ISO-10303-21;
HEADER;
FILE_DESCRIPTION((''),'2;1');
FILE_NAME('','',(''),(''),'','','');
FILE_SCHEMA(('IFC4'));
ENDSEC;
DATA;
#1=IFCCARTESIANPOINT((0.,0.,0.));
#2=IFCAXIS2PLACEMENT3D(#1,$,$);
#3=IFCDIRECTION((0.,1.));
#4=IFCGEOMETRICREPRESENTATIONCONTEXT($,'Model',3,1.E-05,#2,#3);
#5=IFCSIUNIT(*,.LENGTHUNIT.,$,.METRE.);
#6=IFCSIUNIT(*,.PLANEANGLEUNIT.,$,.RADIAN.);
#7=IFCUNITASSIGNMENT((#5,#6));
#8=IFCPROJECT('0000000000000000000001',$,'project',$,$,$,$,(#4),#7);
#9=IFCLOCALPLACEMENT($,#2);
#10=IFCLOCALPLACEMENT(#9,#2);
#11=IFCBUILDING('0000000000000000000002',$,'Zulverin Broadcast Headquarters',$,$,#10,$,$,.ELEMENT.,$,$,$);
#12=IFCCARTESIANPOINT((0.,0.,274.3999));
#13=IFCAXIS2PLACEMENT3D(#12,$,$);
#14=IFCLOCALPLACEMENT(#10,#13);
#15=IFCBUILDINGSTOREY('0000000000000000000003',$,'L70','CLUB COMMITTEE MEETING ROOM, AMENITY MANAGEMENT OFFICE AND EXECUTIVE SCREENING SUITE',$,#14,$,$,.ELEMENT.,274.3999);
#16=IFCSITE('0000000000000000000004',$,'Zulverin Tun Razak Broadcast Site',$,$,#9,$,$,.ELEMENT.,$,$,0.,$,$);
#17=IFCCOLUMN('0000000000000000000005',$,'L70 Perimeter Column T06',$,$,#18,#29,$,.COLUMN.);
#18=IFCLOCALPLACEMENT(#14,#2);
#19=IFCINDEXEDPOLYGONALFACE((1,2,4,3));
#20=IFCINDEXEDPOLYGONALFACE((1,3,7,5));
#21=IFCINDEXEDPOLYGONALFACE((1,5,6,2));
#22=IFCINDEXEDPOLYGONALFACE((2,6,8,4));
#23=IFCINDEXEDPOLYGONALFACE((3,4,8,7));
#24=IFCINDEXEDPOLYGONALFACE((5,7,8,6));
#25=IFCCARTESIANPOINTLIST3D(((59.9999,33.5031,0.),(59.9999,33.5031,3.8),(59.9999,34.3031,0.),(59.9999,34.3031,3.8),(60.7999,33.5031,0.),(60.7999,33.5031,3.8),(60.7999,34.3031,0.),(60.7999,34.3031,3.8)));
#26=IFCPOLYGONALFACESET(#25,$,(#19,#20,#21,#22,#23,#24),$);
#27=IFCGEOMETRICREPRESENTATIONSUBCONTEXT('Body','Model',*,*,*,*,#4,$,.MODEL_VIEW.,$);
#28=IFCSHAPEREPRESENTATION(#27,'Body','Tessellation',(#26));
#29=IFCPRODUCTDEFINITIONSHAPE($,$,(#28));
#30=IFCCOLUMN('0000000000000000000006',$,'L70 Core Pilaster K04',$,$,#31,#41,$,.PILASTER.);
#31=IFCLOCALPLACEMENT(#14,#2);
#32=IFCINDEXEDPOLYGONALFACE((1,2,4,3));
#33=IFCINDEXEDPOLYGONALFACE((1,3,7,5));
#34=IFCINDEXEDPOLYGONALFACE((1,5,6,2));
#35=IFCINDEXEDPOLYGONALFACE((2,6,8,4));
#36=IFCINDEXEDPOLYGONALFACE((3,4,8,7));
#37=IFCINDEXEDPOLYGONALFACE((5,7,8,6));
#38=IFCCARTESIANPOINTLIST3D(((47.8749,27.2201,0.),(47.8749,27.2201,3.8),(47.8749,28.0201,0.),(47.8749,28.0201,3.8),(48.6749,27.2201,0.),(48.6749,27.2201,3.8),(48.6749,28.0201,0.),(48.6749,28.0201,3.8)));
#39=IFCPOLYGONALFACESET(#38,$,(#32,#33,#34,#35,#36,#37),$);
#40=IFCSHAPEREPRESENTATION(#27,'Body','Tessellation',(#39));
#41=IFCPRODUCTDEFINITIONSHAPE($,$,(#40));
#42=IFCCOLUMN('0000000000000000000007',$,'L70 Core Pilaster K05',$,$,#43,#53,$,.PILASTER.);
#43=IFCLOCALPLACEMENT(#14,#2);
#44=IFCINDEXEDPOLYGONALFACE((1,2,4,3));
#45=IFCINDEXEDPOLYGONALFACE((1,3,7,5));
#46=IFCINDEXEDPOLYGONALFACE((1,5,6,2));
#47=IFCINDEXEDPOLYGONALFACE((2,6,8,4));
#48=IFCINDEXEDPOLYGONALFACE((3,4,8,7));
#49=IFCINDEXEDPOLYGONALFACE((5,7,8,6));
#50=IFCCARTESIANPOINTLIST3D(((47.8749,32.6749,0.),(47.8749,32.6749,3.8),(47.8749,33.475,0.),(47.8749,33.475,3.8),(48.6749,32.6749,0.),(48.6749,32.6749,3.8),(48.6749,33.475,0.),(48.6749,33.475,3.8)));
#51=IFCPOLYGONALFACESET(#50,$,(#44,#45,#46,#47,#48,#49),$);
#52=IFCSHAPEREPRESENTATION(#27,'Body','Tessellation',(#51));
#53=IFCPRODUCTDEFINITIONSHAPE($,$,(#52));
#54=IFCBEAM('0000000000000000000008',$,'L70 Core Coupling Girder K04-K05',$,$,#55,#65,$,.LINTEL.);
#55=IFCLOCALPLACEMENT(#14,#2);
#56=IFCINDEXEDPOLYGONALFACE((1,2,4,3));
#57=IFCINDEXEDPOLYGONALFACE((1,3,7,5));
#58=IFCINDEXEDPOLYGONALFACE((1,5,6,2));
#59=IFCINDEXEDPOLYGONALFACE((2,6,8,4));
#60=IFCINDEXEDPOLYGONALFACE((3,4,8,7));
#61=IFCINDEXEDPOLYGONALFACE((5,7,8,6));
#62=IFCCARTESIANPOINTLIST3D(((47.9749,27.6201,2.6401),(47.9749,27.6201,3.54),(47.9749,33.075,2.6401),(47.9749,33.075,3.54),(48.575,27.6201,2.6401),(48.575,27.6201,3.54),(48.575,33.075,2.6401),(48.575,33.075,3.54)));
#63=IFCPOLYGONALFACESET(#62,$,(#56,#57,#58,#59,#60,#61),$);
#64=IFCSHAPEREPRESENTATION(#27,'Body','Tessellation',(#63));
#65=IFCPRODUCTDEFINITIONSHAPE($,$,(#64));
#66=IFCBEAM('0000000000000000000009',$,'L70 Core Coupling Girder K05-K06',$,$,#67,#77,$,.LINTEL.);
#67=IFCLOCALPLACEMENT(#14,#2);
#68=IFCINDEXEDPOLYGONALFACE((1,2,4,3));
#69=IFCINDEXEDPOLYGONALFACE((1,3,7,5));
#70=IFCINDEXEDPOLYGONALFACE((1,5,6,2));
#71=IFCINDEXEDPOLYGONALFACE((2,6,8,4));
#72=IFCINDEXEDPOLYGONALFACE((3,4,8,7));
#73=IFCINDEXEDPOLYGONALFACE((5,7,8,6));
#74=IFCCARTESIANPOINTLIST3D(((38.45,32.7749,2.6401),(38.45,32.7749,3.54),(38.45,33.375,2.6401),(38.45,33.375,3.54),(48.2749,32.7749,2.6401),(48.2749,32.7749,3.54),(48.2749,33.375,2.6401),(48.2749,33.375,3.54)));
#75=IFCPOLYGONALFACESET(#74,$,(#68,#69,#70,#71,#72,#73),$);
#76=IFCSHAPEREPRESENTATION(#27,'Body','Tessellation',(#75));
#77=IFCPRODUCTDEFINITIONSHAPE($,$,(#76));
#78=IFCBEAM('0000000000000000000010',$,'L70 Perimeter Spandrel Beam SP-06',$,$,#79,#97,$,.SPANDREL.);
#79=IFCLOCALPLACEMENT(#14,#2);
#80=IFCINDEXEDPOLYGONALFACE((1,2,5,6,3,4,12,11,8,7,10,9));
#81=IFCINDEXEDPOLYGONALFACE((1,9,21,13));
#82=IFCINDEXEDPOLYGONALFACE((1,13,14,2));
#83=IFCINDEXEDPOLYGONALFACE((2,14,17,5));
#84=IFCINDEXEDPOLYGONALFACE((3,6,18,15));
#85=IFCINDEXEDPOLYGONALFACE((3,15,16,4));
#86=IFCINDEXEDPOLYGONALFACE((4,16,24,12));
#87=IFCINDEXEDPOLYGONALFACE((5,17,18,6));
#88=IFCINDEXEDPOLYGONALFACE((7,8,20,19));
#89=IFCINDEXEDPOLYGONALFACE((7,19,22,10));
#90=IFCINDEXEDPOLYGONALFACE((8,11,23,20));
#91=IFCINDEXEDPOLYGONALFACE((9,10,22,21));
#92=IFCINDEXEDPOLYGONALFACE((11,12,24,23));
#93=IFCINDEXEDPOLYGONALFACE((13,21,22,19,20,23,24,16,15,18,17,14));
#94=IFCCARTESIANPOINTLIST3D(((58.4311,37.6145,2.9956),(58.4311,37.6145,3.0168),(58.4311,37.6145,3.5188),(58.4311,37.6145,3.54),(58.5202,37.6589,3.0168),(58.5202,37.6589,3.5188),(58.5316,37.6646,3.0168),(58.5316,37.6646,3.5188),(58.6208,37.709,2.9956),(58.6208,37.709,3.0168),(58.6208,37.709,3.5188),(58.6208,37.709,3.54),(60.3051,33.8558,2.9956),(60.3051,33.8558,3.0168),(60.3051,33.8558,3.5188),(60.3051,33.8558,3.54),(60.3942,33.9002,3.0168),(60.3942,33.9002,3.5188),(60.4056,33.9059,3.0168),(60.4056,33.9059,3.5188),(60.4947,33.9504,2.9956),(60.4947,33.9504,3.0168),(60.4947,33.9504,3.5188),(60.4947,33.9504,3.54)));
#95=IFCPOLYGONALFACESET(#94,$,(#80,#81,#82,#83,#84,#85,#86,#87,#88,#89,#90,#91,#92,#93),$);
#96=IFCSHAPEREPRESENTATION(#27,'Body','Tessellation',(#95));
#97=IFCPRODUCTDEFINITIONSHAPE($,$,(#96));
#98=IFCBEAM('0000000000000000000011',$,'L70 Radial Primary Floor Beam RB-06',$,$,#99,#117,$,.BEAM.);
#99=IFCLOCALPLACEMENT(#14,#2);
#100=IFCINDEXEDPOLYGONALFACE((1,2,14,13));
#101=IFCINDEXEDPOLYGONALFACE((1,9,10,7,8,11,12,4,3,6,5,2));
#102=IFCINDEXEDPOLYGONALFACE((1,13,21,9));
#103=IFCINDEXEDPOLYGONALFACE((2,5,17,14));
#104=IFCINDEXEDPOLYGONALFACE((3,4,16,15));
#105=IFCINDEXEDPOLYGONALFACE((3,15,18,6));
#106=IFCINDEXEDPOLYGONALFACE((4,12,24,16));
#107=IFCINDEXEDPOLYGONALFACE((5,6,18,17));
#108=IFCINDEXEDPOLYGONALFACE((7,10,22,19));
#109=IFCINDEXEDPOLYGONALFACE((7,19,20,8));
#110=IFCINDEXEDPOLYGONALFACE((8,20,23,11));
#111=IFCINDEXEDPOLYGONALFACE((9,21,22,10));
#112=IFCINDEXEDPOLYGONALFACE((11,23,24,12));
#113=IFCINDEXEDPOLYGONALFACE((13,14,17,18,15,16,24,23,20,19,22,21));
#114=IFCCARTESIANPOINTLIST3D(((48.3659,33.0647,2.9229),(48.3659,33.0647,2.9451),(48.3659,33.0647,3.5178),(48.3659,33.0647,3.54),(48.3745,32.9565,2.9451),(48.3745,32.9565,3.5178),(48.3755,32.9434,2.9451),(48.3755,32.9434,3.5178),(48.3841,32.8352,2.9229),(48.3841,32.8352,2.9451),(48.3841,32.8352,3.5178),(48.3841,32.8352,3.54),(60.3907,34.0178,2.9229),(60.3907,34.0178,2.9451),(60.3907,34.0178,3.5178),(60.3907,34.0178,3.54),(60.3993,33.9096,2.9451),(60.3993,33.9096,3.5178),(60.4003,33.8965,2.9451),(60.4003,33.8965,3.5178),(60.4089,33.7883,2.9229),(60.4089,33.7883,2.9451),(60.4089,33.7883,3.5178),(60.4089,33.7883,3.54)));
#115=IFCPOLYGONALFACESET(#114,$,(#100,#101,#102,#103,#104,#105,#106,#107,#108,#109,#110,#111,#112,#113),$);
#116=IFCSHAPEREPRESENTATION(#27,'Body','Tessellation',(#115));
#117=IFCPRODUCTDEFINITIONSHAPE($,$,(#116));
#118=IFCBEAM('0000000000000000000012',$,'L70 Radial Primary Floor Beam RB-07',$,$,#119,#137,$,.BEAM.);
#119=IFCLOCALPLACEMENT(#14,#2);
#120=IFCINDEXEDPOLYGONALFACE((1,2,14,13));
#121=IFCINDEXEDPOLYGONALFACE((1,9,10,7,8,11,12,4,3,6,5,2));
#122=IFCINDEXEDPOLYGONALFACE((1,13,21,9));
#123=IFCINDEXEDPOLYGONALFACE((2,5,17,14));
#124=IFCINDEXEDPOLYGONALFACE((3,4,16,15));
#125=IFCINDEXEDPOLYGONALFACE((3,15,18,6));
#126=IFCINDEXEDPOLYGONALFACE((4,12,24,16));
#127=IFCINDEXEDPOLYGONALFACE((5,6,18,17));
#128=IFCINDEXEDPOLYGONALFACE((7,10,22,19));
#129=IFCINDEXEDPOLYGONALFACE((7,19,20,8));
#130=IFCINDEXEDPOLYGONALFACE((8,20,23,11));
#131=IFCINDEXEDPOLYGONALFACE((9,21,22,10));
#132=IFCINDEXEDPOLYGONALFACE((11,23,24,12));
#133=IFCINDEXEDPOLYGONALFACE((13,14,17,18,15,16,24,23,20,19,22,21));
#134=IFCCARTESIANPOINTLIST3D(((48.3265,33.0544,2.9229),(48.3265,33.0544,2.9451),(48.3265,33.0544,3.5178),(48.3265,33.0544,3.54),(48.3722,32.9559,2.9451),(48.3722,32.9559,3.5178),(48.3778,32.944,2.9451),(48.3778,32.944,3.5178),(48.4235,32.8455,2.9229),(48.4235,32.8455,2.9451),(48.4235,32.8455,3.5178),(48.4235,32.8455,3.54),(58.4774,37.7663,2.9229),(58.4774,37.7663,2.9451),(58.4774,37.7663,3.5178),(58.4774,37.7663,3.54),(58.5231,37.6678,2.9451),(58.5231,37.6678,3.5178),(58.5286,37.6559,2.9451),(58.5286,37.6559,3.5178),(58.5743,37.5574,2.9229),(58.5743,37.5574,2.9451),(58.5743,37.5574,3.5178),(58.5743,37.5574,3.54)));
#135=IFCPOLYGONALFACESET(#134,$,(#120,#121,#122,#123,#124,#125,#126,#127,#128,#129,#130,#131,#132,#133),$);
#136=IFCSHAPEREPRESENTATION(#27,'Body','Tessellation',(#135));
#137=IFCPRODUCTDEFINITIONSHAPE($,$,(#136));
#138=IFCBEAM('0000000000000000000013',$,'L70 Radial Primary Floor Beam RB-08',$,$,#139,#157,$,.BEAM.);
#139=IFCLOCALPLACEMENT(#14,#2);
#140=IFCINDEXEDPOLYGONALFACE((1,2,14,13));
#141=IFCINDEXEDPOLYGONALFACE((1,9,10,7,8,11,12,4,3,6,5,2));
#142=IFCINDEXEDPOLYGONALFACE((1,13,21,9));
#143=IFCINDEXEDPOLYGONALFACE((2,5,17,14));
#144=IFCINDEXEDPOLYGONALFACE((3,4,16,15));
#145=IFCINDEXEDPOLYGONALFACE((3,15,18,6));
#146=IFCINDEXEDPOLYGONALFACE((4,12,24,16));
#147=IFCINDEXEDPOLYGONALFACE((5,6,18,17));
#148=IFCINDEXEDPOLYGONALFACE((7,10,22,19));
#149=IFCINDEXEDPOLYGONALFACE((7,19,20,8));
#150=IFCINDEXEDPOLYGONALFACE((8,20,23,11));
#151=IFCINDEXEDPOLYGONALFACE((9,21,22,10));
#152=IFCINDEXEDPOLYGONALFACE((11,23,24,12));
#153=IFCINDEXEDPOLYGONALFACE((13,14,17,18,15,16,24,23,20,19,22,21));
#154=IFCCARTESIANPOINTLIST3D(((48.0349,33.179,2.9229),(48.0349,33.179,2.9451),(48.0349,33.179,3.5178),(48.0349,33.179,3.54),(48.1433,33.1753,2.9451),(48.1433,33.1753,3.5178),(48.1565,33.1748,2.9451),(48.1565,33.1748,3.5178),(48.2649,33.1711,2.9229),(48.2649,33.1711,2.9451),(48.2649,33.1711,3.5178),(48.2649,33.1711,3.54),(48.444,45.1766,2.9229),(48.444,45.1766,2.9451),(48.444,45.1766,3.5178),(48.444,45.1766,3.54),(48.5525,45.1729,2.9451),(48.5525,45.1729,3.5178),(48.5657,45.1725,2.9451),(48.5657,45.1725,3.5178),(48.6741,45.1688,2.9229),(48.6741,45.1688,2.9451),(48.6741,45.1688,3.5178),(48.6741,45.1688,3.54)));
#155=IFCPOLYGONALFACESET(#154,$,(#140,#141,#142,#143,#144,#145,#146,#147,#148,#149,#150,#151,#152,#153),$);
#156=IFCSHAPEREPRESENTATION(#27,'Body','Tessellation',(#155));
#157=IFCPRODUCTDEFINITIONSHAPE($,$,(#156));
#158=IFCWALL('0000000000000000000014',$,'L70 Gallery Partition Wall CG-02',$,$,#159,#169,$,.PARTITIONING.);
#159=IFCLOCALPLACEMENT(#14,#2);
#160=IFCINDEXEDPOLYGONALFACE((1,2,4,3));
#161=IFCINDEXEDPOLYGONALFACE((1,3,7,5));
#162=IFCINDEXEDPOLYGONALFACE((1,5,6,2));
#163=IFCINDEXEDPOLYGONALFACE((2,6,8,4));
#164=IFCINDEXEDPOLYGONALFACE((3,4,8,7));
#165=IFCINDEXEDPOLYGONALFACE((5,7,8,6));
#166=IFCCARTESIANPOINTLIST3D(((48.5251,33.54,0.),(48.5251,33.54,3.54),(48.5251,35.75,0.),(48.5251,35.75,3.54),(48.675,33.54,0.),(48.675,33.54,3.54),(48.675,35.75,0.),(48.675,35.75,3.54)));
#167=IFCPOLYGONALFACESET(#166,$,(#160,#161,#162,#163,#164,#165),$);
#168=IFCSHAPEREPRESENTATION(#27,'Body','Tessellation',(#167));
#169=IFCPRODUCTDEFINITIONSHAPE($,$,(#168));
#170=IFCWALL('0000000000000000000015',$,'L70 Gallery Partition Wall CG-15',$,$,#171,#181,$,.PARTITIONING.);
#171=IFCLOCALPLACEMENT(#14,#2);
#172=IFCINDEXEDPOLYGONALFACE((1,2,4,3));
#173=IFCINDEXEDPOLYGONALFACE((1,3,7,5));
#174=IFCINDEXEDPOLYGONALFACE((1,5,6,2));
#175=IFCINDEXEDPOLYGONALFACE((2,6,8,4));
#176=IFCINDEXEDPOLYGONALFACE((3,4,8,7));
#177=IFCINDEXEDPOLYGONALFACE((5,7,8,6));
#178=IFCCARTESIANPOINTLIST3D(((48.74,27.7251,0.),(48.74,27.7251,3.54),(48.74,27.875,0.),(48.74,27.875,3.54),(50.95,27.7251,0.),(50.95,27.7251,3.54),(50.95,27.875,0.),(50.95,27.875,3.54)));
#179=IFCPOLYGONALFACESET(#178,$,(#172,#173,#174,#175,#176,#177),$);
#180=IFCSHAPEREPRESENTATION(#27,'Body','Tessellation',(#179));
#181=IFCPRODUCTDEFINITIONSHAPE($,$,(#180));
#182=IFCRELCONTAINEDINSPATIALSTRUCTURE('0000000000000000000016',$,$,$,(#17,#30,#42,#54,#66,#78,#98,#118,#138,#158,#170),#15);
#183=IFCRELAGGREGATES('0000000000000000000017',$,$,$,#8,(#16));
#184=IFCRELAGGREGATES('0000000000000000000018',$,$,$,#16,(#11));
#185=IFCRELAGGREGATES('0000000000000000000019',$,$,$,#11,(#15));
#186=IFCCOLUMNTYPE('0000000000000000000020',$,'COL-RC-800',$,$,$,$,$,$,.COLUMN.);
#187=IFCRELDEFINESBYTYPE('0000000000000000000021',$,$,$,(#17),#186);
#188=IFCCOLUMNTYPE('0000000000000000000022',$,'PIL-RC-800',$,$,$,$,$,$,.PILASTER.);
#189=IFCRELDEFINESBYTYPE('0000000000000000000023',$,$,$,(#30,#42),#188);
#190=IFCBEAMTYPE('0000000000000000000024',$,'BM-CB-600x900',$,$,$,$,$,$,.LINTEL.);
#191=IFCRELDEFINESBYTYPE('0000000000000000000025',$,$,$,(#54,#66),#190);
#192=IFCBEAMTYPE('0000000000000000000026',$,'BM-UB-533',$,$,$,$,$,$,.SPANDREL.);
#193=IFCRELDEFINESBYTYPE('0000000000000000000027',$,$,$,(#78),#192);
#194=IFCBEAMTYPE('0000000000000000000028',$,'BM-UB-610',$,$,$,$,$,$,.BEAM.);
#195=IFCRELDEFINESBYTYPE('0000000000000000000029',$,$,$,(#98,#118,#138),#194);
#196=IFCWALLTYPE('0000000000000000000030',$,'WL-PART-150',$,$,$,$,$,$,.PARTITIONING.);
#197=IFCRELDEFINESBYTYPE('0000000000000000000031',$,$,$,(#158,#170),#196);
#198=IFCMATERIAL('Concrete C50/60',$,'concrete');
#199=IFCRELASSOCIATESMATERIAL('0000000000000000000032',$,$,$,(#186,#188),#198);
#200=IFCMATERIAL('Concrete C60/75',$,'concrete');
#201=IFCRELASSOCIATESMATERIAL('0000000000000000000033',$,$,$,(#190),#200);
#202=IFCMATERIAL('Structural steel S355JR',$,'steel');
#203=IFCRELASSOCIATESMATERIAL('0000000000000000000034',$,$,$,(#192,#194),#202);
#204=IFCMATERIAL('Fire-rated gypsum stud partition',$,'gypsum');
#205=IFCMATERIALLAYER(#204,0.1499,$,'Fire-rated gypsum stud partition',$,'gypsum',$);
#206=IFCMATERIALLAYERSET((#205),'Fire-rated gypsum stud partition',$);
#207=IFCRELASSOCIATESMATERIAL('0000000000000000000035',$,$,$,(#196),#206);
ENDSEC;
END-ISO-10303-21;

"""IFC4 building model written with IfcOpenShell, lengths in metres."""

from ifc_helpers import new_model, si_unit, direction, frame, frame_2d, origin, origin_2d, place, context, subcontext, project, spatial, rectangle, i_section, extrude, material, layer, layer_set, material_profile, profile_set, type_object, element, save


model = new_model("IFC4")

# Units and contexts
model_context = context("Model", 3, precision=1e-05, world=origin(), true_north=direction((0.0, 1.0)))
body_context = subcontext(model_context, "Body", "Model", "MODEL_VIEW")
ifc_project = project(units=[si_unit("LENGTHUNIT", "METRE"), si_unit("PLANEANGLEUNIT", "RADIAN")], contexts=[model_context])

# Site, building, storey
site_placement = place(None, origin())
site = spatial("IfcSite", under=ifc_project, at=site_placement, Name="Zulverin Tun Razak Broadcast Site", CompositionType="ELEMENT", RefElevation=0.0)
building_placement = place(site_placement, origin())
building = spatial("IfcBuilding", under=site, at=building_placement, Name="Zulverin Broadcast Headquarters", CompositionType="ELEMENT")
storey_placement = place(building_placement, frame((0.0, 0.0, 274.3999)))
storey = spatial("IfcBuildingStorey", under=building, at=storey_placement, Name="L70", Description="CLUB COMMITTEE MEETING ROOM, AMENITY MANAGEMENT OFFICE AND EXECUTIVE SCREENING SUITE", CompositionType="ELEMENT", Elevation=274.3999)

# Columns
ifc_material_1 = material(Name="Concrete C50/60", Category="concrete")
ifc_material_profile_1 = material_profile(ifc_material_1, rectangle(XDim=0.8, YDim=0.8, at=origin_2d()), Name="Concrete C50/60", Category="concrete")
ifc_profile_set_1 = profile_set([ifc_material_profile_1], Name="Concrete C50/60")
column_type_1 = type_object("IfcColumnType", Name="COL-RC-800", PredefinedType="COLUMN", material=ifc_profile_set_1)
column_placement = place(storey_placement, frame((60.3999, 33.9031, 0.0), z_axis=(0.0, 0.0, 1.0), x_axis=(1.0, 0.0, 0.0)))
element("IfcColumn", 1, at=column_placement, inside=storey, type_object=column_type_1, Name="L70 Perimeter Column T06", PredefinedType="COLUMN", context=body_context, shape_type="SweptSolid", body=[
    extrude(rectangle(XDim=0.8, YDim=0.8, at=origin_2d()), origin(), (0.0, 0.0, 1.0), 3.8),
])
ifc_material_profile_2 = material_profile(ifc_material_1, rectangle(XDim=0.8, YDim=0.8, at=origin_2d()), Name="Concrete C50/60", Category="concrete")
ifc_profile_set_2 = profile_set([ifc_material_profile_2], Name="Concrete C50/60")
column_type_2 = type_object("IfcColumnType", Name="PIL-RC-800", PredefinedType="PILASTER", material=ifc_profile_set_2)
for number, where, z_axis, x_axis, name in (
    (2, (48.2749, 27.6201, 0.0), (0.0, 0.0, 1.0), (1.0, 0.0, 0.0), "L70 Core Pilaster K04"),
    (3, (48.2749, 33.075, 0.0), (0.0, 0.0, 1.0), (1.0, 0.0, 0.0), "L70 Core Pilaster K05"),
):
    element("IfcColumn", number, at=place(storey_placement, frame(where, z_axis=z_axis, x_axis=x_axis)), inside=storey, type_object=column_type_2, Name=name, PredefinedType="PILASTER", context=body_context, shape_type="SweptSolid", body=[
        extrude(rectangle(XDim=0.8, YDim=0.8, at=origin_2d()), origin(), (0.0, 0.0, 1.0), 3.8),
    ])

# Beams
ifc_material_2 = material(Name="Concrete C60/75", Category="concrete")
ifc_material_profile_3 = material_profile(ifc_material_2, rectangle(XDim=0.6001, YDim=0.8999, at=origin_2d()), Name="Concrete C60/75", Category="concrete")
ifc_profile_set_3 = profile_set([ifc_material_profile_3], Name="Concrete C60/75")
beam_type_1 = type_object("IfcBeamType", Name="BM-CB-600x900", PredefinedType="LINTEL", material=ifc_profile_set_3)
beam_1_placement = place(storey_placement, frame((48.2749, 27.6201, 3.0901), z_axis=(0.0, 1.0, 0.0), x_axis=(-1.0, 0.0, 0.0)))
element("IfcBeam", 4, at=beam_1_placement, inside=storey, type_object=beam_type_1, Name="L70 Core Coupling Girder K04-K05", PredefinedType="LINTEL", context=body_context, shape_type="SweptSolid", body=[
    extrude(rectangle(XDim=0.6001, YDim=0.8999, at=origin_2d()), origin(), (0.0, 0.0, 1.0), 5.4548),
])
beam_2_placement = place(storey_placement, frame((48.2749, 33.075, 3.0901), z_axis=(-1.0, 0.0, 0.0), x_axis=(0.0, -1.0, 0.0)))
element("IfcBeam", 5, at=beam_2_placement, inside=storey, type_object=beam_type_1, Name="L70 Core Coupling Girder K05-K06", PredefinedType="LINTEL", context=body_context, shape_type="SweptSolid", body=[
    extrude(rectangle(XDim=0.6001, YDim=0.8999, at=origin_2d()), origin(), (0.0, 0.0, 1.0), 9.825),
])
ifc_material_3 = material(Name="Structural steel S355JR", Category="steel")
ifc_material_profile_4 = material_profile(ifc_material_3, i_section(OverallWidth=0.2119, OverallDepth=0.5444, WebThickness=0.0127, FlangeThickness=0.0212, at=origin_2d()), Name="Structural steel S355JR", Category="steel")
ifc_profile_set_4 = profile_set([ifc_material_profile_4], Name="Structural steel S355JR")
beam_type_2 = type_object("IfcBeamType", Name="BM-UB-533", PredefinedType="SPANDREL", material=ifc_profile_set_4)
beam_3_placement = place(storey_placement, frame((60.3999, 33.9031, 3.2678), z_axis=(-0.44619, 0.894938, 0.0), x_axis=(-0.894938, -0.44619, 0.0)))
element("IfcBeam", 6, at=beam_3_placement, inside=storey, type_object=beam_type_2, Name="L70 Perimeter Spandrel Beam SP-06", PredefinedType="SPANDREL", context=body_context, shape_type="SweptSolid", body=[
    extrude(i_section(OverallWidth=0.2119, OverallDepth=0.5444, WebThickness=0.0127, FlangeThickness=0.0212, at=origin_2d()), origin(), (0.0, 0.0, 1.0), 4.2),
])
ifc_material_profile_5 = material_profile(ifc_material_3, i_section(OverallWidth=0.2302, OverallDepth=0.6172, WebThickness=0.0132, FlangeThickness=0.0222, at=origin_2d()), Name="Structural steel S355JR", Category="steel")
ifc_profile_set_5 = profile_set([ifc_material_profile_5], Name="Structural steel S355JR")
beam_type_3 = type_object("IfcBeamType", Name="BM-UB-610", PredefinedType="BEAM", material=ifc_profile_set_5)
beam_4_placement = place(storey_placement, frame((48.375, 32.95, 3.2314), z_axis=(0.996873, 0.079015, 0.0), x_axis=(-0.079015, 0.996873, 0.0)))
element("IfcBeam", 7, at=beam_4_placement, inside=storey, type_object=beam_type_3, Name="L70 Radial Primary Floor Beam RB-06", PredefinedType="BEAM", context=body_context, shape_type="SweptSolid", body=[
    extrude(i_section(OverallWidth=0.2302, OverallDepth=0.6172, WebThickness=0.0132, FlangeThickness=0.0222, at=origin_2d()), origin(), (0.0, 0.0, 1.0), 12.0625),
])
beam_5_placement = place(storey_placement, frame((48.375, 32.95, 3.2314), z_axis=(0.907043, 0.421038, 0.0), x_axis=(-0.421038, 0.907043, 0.0)))
element("IfcBeam", 8, at=beam_5_placement, inside=storey, type_object=beam_type_3, Name="L70 Radial Primary Floor Beam RB-07", PredefinedType="BEAM", context=body_context, shape_type="SweptSolid", body=[
    extrude(i_section(OverallWidth=0.2302, OverallDepth=0.6172, WebThickness=0.0132, FlangeThickness=0.0222, at=origin_2d()), origin(), (0.0, 0.0, 1.0), 11.1912),
])
beam_6_placement = place(storey_placement, frame((48.1499, 33.175, 3.2314), z_axis=(0.034085, 0.999419, 0.0), x_axis=(-0.999419, 0.034085, 0.0)))
element("IfcBeam", 9, at=beam_6_placement, inside=storey, type_object=beam_type_3, Name="L70 Radial Primary Floor Beam RB-08", PredefinedType="BEAM", context=body_context, shape_type="SweptSolid", body=[
    extrude(i_section(OverallWidth=0.2302, OverallDepth=0.6172, WebThickness=0.0132, FlangeThickness=0.0222, at=origin_2d()), origin(), (0.0, 0.0, 1.0), 12.0046),
])

# Walls
ifc_material_4 = material(Name="Fire-rated gypsum stud partition", Category="gypsum")
ifc_layer_1 = layer(ifc_material_4, 0.1499, Name="Fire-rated gypsum stud partition", Category="gypsum")
ifc_layer_set_1 = layer_set([ifc_layer_1], Name="Fire-rated gypsum stud partition")
wall_type = type_object("IfcWallType", Name="WL-PART-150", PredefinedType="PARTITIONING", material=ifc_layer_set_1)
for number, where, z_axis, x_axis, name in (
    (10, (48.6001, 33.54, 0.0), (0.0, 0.0, 1.0), (0.0, 1.0, 0.0), "L70 Gallery Partition Wall CG-02"),
    (11, (48.74, 27.8, 0.0), (0.0, 0.0, 1.0), (1.0, 0.0, 0.0), "L70 Gallery Partition Wall CG-15"),
):
    element("IfcWall", number, at=place(storey_placement, frame(where, z_axis=z_axis, x_axis=x_axis)), inside=storey, type_object=wall_type, Name=name, PredefinedType="PARTITIONING", context=body_context, shape_type="SweptSolid", body=[
        extrude(rectangle(XDim=2.21, YDim=0.1499, at=frame_2d((1.105, 0.0))), origin(), (0.0, 0.0, 1.0), 3.54),
    ])

save(model, "model.ifc")
